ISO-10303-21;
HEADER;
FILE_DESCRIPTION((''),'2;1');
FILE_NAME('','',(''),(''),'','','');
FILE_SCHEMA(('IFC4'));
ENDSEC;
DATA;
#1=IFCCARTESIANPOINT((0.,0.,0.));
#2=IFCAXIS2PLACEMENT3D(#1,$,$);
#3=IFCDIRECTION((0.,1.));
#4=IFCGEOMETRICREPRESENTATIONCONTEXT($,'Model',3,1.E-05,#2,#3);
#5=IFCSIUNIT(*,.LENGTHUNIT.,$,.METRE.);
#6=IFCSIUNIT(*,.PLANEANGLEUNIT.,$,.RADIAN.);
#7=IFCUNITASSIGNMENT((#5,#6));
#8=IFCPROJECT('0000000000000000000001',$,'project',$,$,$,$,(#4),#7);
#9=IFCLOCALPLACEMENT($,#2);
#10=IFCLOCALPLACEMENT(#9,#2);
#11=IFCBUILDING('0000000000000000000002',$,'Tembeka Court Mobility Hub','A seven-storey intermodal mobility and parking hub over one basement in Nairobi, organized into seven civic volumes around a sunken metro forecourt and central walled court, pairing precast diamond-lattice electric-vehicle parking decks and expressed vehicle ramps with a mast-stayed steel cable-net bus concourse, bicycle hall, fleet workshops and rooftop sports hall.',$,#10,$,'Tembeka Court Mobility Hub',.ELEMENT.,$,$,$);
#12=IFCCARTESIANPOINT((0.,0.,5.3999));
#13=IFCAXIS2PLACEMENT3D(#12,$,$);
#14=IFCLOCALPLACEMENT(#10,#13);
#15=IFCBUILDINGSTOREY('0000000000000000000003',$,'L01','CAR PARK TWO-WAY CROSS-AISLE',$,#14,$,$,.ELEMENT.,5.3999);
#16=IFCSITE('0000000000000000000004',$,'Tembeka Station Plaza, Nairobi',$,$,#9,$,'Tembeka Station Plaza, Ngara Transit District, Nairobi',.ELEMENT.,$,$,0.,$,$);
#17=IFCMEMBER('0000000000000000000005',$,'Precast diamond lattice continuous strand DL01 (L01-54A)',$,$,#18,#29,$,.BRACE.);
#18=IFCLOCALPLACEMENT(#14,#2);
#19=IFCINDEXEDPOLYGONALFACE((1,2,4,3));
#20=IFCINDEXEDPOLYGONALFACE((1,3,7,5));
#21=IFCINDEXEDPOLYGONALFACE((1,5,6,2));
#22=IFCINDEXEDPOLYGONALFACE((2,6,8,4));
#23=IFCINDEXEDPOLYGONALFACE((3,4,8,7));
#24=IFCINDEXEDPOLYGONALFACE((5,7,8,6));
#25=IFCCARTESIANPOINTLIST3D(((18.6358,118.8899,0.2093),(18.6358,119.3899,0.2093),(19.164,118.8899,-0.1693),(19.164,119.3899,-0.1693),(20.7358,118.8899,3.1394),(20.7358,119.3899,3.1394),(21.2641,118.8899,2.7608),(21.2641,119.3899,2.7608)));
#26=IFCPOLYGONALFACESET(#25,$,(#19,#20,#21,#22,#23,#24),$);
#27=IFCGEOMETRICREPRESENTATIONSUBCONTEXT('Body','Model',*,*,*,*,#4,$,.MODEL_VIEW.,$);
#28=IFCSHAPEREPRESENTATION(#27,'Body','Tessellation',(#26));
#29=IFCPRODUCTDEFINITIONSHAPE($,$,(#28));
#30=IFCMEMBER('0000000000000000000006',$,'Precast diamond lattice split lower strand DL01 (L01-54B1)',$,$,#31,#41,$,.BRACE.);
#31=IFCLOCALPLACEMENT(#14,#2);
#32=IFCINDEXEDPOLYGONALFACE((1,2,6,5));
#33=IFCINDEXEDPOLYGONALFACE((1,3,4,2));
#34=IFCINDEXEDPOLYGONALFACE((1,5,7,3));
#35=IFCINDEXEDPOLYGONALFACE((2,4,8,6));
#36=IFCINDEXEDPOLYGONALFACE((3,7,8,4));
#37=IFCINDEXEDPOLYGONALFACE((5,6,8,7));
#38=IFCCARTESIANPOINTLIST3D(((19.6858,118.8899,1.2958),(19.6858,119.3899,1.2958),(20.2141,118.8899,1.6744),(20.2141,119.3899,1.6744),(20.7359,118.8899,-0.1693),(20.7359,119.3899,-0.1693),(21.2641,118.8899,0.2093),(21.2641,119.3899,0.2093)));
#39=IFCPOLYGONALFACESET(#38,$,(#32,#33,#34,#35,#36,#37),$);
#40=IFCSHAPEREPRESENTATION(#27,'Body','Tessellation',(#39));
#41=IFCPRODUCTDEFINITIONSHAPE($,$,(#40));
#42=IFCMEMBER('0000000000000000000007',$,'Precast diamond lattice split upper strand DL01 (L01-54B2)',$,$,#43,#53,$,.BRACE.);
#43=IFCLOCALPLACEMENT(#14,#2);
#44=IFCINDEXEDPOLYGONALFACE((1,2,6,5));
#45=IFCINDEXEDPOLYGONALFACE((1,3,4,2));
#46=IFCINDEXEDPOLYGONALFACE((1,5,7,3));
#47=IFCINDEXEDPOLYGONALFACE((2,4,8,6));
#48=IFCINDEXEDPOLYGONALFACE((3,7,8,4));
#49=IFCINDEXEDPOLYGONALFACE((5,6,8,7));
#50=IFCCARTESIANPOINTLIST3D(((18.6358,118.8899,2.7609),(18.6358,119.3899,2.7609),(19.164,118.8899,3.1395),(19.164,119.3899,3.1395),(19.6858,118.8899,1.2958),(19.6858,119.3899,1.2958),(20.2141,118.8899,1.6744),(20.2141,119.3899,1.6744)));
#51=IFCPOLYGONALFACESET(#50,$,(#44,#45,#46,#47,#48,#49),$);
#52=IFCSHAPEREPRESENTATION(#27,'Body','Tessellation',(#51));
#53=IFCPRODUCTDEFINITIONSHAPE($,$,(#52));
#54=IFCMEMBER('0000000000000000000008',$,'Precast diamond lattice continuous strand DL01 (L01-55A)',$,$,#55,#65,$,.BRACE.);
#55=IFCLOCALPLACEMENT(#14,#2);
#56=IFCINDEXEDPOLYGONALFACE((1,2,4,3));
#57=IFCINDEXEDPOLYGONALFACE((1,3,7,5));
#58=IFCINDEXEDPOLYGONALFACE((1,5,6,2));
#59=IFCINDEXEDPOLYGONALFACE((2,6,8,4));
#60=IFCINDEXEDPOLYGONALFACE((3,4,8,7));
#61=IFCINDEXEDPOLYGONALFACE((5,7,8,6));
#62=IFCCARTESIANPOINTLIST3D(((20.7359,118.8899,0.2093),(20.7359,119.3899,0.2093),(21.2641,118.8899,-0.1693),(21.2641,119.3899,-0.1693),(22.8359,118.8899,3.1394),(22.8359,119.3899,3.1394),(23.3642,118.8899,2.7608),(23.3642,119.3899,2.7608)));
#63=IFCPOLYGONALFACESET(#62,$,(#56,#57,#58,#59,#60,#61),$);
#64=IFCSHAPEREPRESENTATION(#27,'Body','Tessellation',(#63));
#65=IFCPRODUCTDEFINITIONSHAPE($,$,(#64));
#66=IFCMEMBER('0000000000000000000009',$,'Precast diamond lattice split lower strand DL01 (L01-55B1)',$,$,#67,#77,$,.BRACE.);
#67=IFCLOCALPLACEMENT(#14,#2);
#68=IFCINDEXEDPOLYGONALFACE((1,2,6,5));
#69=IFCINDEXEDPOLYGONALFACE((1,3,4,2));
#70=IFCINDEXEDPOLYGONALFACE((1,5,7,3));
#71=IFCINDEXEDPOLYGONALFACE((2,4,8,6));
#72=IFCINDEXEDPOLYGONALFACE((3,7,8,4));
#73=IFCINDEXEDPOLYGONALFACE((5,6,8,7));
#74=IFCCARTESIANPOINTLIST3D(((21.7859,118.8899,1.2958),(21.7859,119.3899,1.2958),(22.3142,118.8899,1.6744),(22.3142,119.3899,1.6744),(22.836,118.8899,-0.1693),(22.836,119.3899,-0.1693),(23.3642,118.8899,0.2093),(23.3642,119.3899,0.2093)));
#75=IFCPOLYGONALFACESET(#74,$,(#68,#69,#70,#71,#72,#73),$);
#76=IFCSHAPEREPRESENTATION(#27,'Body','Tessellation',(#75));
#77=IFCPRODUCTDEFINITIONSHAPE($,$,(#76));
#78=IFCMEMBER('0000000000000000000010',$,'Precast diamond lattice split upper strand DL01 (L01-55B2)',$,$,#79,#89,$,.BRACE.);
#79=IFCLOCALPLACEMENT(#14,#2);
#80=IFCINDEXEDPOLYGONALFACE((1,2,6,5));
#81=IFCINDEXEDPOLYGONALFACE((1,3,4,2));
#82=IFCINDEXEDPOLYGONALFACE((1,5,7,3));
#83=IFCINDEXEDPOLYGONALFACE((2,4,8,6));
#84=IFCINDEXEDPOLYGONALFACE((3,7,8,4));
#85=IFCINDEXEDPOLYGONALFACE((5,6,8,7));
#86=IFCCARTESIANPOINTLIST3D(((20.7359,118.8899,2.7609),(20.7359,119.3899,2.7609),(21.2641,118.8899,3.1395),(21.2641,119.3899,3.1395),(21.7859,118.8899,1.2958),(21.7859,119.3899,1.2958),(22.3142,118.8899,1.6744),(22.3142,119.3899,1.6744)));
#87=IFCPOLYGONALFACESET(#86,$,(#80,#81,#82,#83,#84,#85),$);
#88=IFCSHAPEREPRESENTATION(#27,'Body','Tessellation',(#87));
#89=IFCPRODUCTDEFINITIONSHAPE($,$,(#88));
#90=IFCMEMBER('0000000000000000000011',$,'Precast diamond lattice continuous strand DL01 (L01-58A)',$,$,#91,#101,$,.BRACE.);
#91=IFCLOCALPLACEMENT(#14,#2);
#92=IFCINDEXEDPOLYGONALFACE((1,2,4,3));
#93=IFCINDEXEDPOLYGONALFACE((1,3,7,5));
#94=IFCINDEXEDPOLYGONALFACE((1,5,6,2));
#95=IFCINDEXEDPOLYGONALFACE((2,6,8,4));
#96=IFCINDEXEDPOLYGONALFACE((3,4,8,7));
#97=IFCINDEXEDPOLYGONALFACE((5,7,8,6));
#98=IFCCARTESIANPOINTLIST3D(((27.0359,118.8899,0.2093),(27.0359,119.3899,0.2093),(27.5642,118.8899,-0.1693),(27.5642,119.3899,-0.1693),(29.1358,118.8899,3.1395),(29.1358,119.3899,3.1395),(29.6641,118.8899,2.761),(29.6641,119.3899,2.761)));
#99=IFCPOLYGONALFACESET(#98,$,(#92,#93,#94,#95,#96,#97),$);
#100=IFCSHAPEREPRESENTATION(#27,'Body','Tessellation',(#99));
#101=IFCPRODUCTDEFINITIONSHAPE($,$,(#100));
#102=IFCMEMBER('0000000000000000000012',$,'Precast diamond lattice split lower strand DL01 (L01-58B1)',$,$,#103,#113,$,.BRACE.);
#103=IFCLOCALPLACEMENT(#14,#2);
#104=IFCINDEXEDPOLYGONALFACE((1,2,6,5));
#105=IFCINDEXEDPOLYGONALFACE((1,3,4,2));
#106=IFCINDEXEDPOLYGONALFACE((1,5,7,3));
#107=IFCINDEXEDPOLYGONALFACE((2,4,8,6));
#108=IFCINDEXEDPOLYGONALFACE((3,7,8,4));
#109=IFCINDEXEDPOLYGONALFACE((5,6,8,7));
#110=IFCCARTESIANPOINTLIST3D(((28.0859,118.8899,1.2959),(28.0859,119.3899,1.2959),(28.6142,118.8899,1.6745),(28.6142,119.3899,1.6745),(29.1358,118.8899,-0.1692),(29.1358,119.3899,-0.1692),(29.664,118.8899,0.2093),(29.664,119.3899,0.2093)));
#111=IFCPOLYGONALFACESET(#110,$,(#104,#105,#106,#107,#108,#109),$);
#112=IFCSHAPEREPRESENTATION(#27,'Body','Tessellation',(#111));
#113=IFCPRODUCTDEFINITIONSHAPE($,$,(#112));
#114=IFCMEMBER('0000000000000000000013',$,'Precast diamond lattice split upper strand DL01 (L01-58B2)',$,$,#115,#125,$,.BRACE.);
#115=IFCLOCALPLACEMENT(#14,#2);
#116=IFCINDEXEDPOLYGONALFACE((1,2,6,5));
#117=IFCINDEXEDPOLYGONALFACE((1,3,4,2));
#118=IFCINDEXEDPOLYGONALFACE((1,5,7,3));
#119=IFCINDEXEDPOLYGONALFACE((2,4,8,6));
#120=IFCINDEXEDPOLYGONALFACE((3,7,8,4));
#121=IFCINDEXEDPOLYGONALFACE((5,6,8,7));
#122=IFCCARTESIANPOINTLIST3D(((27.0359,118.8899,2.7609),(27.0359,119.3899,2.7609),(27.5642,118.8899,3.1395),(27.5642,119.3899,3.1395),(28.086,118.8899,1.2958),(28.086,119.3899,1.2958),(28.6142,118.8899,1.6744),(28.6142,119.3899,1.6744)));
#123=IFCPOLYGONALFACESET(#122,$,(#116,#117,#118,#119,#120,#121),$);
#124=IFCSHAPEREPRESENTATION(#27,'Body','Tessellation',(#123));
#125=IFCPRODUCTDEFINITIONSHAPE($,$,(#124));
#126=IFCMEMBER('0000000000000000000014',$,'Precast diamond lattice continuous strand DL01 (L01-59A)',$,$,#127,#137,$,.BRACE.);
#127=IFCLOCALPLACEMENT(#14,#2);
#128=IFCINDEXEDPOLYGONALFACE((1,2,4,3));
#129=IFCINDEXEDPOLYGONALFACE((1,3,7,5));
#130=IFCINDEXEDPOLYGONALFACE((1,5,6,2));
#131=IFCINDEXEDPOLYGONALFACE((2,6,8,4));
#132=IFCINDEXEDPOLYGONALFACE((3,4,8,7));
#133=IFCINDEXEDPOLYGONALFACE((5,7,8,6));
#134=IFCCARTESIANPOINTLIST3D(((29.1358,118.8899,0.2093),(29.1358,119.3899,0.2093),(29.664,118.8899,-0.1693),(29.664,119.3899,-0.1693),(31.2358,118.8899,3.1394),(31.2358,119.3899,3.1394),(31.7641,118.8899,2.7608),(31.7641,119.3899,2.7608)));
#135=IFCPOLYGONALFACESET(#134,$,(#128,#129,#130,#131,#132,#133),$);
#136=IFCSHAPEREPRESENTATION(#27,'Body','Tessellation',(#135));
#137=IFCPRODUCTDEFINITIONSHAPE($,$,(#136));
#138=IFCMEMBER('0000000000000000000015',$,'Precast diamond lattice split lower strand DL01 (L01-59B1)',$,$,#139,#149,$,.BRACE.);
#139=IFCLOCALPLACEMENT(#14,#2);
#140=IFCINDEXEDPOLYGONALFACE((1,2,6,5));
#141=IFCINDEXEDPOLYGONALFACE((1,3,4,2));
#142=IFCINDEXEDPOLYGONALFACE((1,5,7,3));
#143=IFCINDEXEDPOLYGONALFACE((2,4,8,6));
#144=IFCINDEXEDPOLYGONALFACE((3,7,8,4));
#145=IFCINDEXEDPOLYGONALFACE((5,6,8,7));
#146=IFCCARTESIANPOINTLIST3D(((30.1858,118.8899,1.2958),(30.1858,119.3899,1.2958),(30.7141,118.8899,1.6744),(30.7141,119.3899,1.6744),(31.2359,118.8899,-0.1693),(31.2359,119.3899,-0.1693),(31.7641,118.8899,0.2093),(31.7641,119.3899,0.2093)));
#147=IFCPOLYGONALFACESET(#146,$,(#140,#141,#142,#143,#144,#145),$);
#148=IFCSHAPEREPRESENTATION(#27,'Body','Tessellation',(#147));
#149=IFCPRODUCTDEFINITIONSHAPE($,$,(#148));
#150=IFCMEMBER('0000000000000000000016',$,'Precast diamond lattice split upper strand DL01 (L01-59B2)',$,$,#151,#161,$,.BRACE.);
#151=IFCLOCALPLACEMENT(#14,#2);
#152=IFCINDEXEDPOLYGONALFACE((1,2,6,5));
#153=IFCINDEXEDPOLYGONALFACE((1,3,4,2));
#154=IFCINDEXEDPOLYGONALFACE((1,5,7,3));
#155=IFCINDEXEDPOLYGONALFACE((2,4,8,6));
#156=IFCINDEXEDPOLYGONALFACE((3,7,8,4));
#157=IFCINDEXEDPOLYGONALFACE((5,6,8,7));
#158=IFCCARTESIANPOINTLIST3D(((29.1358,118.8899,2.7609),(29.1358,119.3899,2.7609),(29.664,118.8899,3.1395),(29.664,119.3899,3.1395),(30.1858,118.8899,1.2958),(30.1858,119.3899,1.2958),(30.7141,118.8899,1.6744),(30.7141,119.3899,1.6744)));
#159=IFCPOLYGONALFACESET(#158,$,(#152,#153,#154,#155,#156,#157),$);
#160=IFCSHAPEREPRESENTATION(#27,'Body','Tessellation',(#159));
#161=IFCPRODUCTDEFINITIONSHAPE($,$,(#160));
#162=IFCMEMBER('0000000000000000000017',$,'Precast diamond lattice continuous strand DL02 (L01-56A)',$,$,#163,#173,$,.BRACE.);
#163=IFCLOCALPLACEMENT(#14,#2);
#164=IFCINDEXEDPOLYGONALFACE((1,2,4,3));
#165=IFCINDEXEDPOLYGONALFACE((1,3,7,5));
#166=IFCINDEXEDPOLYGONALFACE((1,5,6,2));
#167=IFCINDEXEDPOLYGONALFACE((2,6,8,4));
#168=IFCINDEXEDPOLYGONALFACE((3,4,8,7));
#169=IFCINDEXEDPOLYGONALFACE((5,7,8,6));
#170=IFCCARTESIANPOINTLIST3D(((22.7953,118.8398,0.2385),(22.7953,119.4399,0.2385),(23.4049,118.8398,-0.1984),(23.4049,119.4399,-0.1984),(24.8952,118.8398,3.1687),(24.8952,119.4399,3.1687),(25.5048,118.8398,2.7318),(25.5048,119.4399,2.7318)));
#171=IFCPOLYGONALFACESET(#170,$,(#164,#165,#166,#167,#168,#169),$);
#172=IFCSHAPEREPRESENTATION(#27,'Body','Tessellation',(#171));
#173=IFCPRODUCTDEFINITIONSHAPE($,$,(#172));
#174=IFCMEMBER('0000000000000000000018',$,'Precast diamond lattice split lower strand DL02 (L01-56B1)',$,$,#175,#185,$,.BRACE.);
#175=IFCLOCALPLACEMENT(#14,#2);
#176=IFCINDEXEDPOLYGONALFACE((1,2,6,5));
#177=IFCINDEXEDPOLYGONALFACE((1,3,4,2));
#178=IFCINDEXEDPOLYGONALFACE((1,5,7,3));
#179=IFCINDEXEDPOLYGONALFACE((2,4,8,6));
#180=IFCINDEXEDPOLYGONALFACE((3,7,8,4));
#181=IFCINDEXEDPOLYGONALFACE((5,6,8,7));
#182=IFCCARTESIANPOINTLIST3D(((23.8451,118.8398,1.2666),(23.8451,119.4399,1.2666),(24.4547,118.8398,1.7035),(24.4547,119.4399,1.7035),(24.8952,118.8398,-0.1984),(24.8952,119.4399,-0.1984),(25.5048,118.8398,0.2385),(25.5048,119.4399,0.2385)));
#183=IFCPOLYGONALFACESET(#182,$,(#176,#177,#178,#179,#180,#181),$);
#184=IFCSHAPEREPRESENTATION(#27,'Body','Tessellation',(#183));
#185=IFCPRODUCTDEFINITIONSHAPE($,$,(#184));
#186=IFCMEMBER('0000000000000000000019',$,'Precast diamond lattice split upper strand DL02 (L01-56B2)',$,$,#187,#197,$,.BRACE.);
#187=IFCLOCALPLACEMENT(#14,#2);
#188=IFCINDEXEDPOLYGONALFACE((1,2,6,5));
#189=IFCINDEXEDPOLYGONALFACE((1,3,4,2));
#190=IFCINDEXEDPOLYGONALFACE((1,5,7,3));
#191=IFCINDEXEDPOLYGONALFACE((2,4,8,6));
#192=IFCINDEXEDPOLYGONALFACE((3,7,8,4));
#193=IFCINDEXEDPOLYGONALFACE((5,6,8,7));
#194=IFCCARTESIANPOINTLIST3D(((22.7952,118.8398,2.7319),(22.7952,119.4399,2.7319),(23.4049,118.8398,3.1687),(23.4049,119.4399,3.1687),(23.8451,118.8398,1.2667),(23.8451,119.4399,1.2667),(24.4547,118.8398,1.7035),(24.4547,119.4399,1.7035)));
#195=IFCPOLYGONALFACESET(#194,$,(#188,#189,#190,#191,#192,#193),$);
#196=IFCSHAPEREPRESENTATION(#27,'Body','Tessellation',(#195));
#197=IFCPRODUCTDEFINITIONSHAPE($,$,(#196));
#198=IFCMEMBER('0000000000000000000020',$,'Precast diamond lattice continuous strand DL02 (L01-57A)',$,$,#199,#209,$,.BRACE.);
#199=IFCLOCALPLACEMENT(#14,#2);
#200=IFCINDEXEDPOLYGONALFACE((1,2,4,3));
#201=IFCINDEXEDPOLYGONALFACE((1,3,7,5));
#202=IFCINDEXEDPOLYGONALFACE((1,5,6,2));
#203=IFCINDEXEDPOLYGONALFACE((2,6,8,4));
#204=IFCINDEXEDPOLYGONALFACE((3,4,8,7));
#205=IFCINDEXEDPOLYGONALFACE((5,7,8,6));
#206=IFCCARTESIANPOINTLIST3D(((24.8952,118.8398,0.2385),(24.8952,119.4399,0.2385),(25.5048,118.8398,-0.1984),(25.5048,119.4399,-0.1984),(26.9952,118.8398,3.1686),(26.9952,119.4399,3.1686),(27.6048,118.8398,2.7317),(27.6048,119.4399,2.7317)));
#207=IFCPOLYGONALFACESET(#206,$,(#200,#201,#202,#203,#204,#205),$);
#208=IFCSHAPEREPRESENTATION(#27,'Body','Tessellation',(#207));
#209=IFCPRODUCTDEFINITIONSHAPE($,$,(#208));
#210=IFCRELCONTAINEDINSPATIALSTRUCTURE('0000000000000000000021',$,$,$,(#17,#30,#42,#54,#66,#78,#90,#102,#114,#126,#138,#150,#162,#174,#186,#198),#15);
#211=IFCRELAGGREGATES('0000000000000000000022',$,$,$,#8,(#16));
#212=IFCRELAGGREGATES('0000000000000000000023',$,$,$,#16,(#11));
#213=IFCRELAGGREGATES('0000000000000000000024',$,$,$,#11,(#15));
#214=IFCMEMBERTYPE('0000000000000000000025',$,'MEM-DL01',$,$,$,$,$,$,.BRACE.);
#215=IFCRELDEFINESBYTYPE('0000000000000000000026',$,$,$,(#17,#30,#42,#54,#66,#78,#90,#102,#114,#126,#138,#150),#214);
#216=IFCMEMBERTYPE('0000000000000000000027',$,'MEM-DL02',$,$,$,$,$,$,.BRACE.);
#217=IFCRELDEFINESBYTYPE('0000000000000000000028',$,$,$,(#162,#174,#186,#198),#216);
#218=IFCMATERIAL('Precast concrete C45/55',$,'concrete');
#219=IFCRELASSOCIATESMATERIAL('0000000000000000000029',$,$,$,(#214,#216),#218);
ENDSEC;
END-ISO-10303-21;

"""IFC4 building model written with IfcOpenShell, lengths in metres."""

from ifc_helpers import new_model, si_unit, direction, frame, origin, origin_2d, place, context, subcontext, project, spatial, rectangle, extrude, material, material_profile, profile_set, type_object, element, save


model = new_model("IFC4")

# Units and contexts
model_context = context("Model", 3, precision=1e-05, world=origin(), true_north=direction((0.0, 1.0)))
body_context = subcontext(model_context, "Body", "Model", "MODEL_VIEW")
ifc_project = project(units=[si_unit("LENGTHUNIT", "METRE"), si_unit("PLANEANGLEUNIT", "RADIAN")], contexts=[model_context])

# Site, building, storey
site_placement = place(None, origin())
site = spatial("IfcSite", under=ifc_project, at=site_placement, Name="Tembeka Station Plaza, Nairobi", LongName="Tembeka Station Plaza, Ngara Transit District, Nairobi", CompositionType="ELEMENT", RefElevation=0.0)
building_placement = place(site_placement, origin())
building = spatial("IfcBuilding", under=site, at=building_placement, Name="Tembeka Court Mobility Hub", Description="A seven-storey intermodal mobility and parking hub over one basement in Nairobi, organized into seven civic volumes around a sunken metro forecourt and central walled court, pairing precast diamond-lattice electric-vehicle parking decks and expressed vehicle ramps with a mast-stayed steel cable-net bus concourse, bicycle hall, fleet workshops and rooftop sports hall.", LongName="Tembeka Court Mobility Hub", CompositionType="ELEMENT")
storey_placement = place(building_placement, frame((0.0, 0.0, 5.3999)))
storey = spatial("IfcBuildingStorey", under=building, at=storey_placement, Name="L01", Description="CAR PARK TWO-WAY CROSS-AISLE", CompositionType="ELEMENT", Elevation=5.3999)

# Members
ifc_material = material(Name="Precast concrete C45/55", Category="concrete")
ifc_material_profile_1 = material_profile(ifc_material, rectangle(XDim=0.5, YDim=0.6499, at=origin_2d()), Name="PC-DIAG 500x650")
ifc_profile_set_1 = profile_set([ifc_material_profile_1], Name="Precast concrete C45/55")
member_type_1 = type_object("IfcMemberType", Name="MEM-DL01", PredefinedType="BRACE", material=ifc_profile_set_1)
member_1_placement = place(storey_placement, frame((18.8999, 119.1399, 0.02), z_axis=(0.582544, 0.0, 0.812799), x_axis=(0.0, 1.0, 0.0)))
element("IfcMember", 1, at=member_1_placement, inside=storey, type_object=member_type_1, Name="Precast diamond lattice continuous strand DL01 (L01-54A)", PredefinedType="BRACE", context=body_context, shape_type="SweptSolid", body=[
    extrude(rectangle(XDim=0.5, YDim=0.6499, at=origin_2d()), origin(), (0.0, 0.0, 1.0), 3.605),
])
for number, where, z_axis, x_axis, name in (
    (2, (21.0, 119.1399, 0.02), (-0.582544, 0.0, 0.812799), (0.0, -1.0, 0.0), "Precast diamond lattice split lower strand DL01 (L01-54B1)"),
    (3, (19.95, 119.1399, 1.4851), (-0.582544, 0.0, 0.812799), (0.0, -1.0, 0.0), "Precast diamond lattice split upper strand DL01 (L01-54B2)"),
):
    element("IfcMember", number, at=place(storey_placement, frame(where, z_axis=z_axis, x_axis=x_axis)), inside=storey, type_object=member_type_1, Name=name, PredefinedType="BRACE", context=body_context, shape_type="SweptSolid", body=[
        extrude(rectangle(XDim=0.5, YDim=0.6499, at=origin_2d()), origin(), (0.0, 0.0, 1.0), 1.8025),
    ])
member_2_placement = place(storey_placement, frame((21.0, 119.1399, 0.02), z_axis=(0.582544, 0.0, 0.812799), x_axis=(0.0, 1.0, 0.0)))
element("IfcMember", 4, at=member_2_placement, inside=storey, type_object=member_type_1, Name="Precast diamond lattice continuous strand DL01 (L01-55A)", PredefinedType="BRACE", context=body_context, shape_type="SweptSolid", body=[
    extrude(rectangle(XDim=0.5, YDim=0.6499, at=origin_2d()), origin(), (0.0, 0.0, 1.0), 3.605),
])
for number, where, z_axis, x_axis, name in (
    (5, (23.1001, 119.1399, 0.02), (-0.582544, 0.0, 0.812799), (0.0, -1.0, 0.0), "Precast diamond lattice split lower strand DL01 (L01-55B1)"),
    (6, (22.05, 119.1399, 1.4851), (-0.582544, 0.0, 0.812799), (0.0, -1.0, 0.0), "Precast diamond lattice split upper strand DL01 (L01-55B2)"),
):
    element("IfcMember", number, at=place(storey_placement, frame(where, z_axis=z_axis, x_axis=x_axis)), inside=storey, type_object=member_type_1, Name=name, PredefinedType="BRACE", context=body_context, shape_type="SweptSolid", body=[
        extrude(rectangle(XDim=0.5, YDim=0.6499, at=origin_2d()), origin(), (0.0, 0.0, 1.0), 1.8025),
    ])
member_3_placement = place(storey_placement, frame((27.3, 119.1399, 0.02), z_axis=(0.5825, 0.0, 0.812831), x_axis=(0.0, 1.0, 0.0)))
element("IfcMember", 7, at=member_3_placement, inside=storey, type_object=member_type_1, Name="Precast diamond lattice continuous strand DL01 (L01-58A)", PredefinedType="BRACE", context=body_context, shape_type="SweptSolid", body=[
    extrude(rectangle(XDim=0.5, YDim=0.6499, at=origin_2d()), origin(), (0.0, 0.0, 1.0), 3.605),
])
for number, where, z_axis, x_axis, name in (
    (8, (29.3999, 119.1399, 0.02), (-0.582455, 0.0, 0.812863), (0.0, -1.0, 0.0), "Precast diamond lattice split lower strand DL01 (L01-58B1)"),
    (9, (28.3501, 119.1399, 1.4851), (-0.582544, 0.0, 0.812799), (0.0, -1.0, 0.0), "Precast diamond lattice split upper strand DL01 (L01-58B2)"),
):
    element("IfcMember", number, at=place(storey_placement, frame(where, z_axis=z_axis, x_axis=x_axis)), inside=storey, type_object=member_type_1, Name=name, PredefinedType="BRACE", context=body_context, shape_type="SweptSolid", body=[
        extrude(rectangle(XDim=0.5, YDim=0.6499, at=origin_2d()), origin(), (0.0, 0.0, 1.0), 1.8025),
    ])
member_4_placement = place(storey_placement, frame((29.3999, 119.1399, 0.02), z_axis=(0.582544, 0.0, 0.812799), x_axis=(0.0, 1.0, 0.0)))
element("IfcMember", 10, at=member_4_placement, inside=storey, type_object=member_type_1, Name="Precast diamond lattice continuous strand DL01 (L01-59A)", PredefinedType="BRACE", context=body_context, shape_type="SweptSolid", body=[
    extrude(rectangle(XDim=0.5, YDim=0.6499, at=origin_2d()), origin(), (0.0, 0.0, 1.0), 3.605),
])
for number, where, z_axis, x_axis, name in (
    (11, (31.5, 119.1399, 0.02), (-0.582544, 0.0, 0.812799), (0.0, -1.0, 0.0), "Precast diamond lattice split lower strand DL01 (L01-59B1)"),
    (12, (30.45, 119.1399, 1.4851), (-0.582544, 0.0, 0.812799), (0.0, -1.0, 0.0), "Precast diamond lattice split upper strand DL01 (L01-59B2)"),
):
    element("IfcMember", number, at=place(storey_placement, frame(where, z_axis=z_axis, x_axis=x_axis)), inside=storey, type_object=member_type_1, Name=name, PredefinedType="BRACE", context=body_context, shape_type="SweptSolid", body=[
        extrude(rectangle(XDim=0.5, YDim=0.6499, at=origin_2d()), origin(), (0.0, 0.0, 1.0), 1.8025),
    ])
ifc_material_profile_2 = material_profile(ifc_material, rectangle(XDim=0.6001, YDim=0.75, at=origin_2d()), Name="PC-DIAG 600x750")
ifc_profile_set_2 = profile_set([ifc_material_profile_2], Name="Precast concrete C45/55")
member_type_2 = type_object("IfcMemberType", Name="MEM-DL02", PredefinedType="BRACE", material=ifc_profile_set_2)
member_5_placement = place(storey_placement, frame((23.1001, 119.1399, 0.02), z_axis=(0.5825, 0.0, 0.812831), x_axis=(0.0, 1.0, 0.0)))
element("IfcMember", 13, at=member_5_placement, inside=storey, type_object=member_type_2, Name="Precast diamond lattice continuous strand DL02 (L01-56A)", PredefinedType="BRACE", context=body_context, shape_type="SweptSolid", body=[
    extrude(rectangle(XDim=0.6001, YDim=0.75, at=origin_2d()), origin(), (0.0, 0.0, 1.0), 3.605),
])
for number, where, z_axis, x_axis, name in (
    (14, (25.2, 119.1399, 0.02), (-0.582544, 0.0, 0.812799), (0.0, -1.0, 0.0), "Precast diamond lattice split lower strand DL02 (L01-56B1)"),
    (15, (24.1499, 119.1399, 1.4851), (-0.582455, 0.0, 0.812863), (0.0, -1.0, 0.0), "Precast diamond lattice split upper strand DL02 (L01-56B2)"),
):
    element("IfcMember", number, at=place(storey_placement, frame(where, z_axis=z_axis, x_axis=x_axis)), inside=storey, type_object=member_type_2, Name=name, PredefinedType="BRACE", context=body_context, shape_type="SweptSolid", body=[
        extrude(rectangle(XDim=0.6001, YDim=0.75, at=origin_2d()), origin(), (0.0, 0.0, 1.0), 1.8025),
    ])
member_6_placement = place(storey_placement, frame((25.2, 119.1399, 0.02), z_axis=(0.582544, 0.0, 0.812799), x_axis=(0.0, 1.0, 0.0)))
element("IfcMember", 16, at=member_6_placement, inside=storey, type_object=member_type_2, Name="Precast diamond lattice continuous strand DL02 (L01-57A)", PredefinedType="BRACE", context=body_context, shape_type="SweptSolid", body=[
    extrude(rectangle(XDim=0.6001, YDim=0.75, at=origin_2d()), origin(), (0.0, 0.0, 1.0), 3.605),
])

save(model, "model.ifc")
